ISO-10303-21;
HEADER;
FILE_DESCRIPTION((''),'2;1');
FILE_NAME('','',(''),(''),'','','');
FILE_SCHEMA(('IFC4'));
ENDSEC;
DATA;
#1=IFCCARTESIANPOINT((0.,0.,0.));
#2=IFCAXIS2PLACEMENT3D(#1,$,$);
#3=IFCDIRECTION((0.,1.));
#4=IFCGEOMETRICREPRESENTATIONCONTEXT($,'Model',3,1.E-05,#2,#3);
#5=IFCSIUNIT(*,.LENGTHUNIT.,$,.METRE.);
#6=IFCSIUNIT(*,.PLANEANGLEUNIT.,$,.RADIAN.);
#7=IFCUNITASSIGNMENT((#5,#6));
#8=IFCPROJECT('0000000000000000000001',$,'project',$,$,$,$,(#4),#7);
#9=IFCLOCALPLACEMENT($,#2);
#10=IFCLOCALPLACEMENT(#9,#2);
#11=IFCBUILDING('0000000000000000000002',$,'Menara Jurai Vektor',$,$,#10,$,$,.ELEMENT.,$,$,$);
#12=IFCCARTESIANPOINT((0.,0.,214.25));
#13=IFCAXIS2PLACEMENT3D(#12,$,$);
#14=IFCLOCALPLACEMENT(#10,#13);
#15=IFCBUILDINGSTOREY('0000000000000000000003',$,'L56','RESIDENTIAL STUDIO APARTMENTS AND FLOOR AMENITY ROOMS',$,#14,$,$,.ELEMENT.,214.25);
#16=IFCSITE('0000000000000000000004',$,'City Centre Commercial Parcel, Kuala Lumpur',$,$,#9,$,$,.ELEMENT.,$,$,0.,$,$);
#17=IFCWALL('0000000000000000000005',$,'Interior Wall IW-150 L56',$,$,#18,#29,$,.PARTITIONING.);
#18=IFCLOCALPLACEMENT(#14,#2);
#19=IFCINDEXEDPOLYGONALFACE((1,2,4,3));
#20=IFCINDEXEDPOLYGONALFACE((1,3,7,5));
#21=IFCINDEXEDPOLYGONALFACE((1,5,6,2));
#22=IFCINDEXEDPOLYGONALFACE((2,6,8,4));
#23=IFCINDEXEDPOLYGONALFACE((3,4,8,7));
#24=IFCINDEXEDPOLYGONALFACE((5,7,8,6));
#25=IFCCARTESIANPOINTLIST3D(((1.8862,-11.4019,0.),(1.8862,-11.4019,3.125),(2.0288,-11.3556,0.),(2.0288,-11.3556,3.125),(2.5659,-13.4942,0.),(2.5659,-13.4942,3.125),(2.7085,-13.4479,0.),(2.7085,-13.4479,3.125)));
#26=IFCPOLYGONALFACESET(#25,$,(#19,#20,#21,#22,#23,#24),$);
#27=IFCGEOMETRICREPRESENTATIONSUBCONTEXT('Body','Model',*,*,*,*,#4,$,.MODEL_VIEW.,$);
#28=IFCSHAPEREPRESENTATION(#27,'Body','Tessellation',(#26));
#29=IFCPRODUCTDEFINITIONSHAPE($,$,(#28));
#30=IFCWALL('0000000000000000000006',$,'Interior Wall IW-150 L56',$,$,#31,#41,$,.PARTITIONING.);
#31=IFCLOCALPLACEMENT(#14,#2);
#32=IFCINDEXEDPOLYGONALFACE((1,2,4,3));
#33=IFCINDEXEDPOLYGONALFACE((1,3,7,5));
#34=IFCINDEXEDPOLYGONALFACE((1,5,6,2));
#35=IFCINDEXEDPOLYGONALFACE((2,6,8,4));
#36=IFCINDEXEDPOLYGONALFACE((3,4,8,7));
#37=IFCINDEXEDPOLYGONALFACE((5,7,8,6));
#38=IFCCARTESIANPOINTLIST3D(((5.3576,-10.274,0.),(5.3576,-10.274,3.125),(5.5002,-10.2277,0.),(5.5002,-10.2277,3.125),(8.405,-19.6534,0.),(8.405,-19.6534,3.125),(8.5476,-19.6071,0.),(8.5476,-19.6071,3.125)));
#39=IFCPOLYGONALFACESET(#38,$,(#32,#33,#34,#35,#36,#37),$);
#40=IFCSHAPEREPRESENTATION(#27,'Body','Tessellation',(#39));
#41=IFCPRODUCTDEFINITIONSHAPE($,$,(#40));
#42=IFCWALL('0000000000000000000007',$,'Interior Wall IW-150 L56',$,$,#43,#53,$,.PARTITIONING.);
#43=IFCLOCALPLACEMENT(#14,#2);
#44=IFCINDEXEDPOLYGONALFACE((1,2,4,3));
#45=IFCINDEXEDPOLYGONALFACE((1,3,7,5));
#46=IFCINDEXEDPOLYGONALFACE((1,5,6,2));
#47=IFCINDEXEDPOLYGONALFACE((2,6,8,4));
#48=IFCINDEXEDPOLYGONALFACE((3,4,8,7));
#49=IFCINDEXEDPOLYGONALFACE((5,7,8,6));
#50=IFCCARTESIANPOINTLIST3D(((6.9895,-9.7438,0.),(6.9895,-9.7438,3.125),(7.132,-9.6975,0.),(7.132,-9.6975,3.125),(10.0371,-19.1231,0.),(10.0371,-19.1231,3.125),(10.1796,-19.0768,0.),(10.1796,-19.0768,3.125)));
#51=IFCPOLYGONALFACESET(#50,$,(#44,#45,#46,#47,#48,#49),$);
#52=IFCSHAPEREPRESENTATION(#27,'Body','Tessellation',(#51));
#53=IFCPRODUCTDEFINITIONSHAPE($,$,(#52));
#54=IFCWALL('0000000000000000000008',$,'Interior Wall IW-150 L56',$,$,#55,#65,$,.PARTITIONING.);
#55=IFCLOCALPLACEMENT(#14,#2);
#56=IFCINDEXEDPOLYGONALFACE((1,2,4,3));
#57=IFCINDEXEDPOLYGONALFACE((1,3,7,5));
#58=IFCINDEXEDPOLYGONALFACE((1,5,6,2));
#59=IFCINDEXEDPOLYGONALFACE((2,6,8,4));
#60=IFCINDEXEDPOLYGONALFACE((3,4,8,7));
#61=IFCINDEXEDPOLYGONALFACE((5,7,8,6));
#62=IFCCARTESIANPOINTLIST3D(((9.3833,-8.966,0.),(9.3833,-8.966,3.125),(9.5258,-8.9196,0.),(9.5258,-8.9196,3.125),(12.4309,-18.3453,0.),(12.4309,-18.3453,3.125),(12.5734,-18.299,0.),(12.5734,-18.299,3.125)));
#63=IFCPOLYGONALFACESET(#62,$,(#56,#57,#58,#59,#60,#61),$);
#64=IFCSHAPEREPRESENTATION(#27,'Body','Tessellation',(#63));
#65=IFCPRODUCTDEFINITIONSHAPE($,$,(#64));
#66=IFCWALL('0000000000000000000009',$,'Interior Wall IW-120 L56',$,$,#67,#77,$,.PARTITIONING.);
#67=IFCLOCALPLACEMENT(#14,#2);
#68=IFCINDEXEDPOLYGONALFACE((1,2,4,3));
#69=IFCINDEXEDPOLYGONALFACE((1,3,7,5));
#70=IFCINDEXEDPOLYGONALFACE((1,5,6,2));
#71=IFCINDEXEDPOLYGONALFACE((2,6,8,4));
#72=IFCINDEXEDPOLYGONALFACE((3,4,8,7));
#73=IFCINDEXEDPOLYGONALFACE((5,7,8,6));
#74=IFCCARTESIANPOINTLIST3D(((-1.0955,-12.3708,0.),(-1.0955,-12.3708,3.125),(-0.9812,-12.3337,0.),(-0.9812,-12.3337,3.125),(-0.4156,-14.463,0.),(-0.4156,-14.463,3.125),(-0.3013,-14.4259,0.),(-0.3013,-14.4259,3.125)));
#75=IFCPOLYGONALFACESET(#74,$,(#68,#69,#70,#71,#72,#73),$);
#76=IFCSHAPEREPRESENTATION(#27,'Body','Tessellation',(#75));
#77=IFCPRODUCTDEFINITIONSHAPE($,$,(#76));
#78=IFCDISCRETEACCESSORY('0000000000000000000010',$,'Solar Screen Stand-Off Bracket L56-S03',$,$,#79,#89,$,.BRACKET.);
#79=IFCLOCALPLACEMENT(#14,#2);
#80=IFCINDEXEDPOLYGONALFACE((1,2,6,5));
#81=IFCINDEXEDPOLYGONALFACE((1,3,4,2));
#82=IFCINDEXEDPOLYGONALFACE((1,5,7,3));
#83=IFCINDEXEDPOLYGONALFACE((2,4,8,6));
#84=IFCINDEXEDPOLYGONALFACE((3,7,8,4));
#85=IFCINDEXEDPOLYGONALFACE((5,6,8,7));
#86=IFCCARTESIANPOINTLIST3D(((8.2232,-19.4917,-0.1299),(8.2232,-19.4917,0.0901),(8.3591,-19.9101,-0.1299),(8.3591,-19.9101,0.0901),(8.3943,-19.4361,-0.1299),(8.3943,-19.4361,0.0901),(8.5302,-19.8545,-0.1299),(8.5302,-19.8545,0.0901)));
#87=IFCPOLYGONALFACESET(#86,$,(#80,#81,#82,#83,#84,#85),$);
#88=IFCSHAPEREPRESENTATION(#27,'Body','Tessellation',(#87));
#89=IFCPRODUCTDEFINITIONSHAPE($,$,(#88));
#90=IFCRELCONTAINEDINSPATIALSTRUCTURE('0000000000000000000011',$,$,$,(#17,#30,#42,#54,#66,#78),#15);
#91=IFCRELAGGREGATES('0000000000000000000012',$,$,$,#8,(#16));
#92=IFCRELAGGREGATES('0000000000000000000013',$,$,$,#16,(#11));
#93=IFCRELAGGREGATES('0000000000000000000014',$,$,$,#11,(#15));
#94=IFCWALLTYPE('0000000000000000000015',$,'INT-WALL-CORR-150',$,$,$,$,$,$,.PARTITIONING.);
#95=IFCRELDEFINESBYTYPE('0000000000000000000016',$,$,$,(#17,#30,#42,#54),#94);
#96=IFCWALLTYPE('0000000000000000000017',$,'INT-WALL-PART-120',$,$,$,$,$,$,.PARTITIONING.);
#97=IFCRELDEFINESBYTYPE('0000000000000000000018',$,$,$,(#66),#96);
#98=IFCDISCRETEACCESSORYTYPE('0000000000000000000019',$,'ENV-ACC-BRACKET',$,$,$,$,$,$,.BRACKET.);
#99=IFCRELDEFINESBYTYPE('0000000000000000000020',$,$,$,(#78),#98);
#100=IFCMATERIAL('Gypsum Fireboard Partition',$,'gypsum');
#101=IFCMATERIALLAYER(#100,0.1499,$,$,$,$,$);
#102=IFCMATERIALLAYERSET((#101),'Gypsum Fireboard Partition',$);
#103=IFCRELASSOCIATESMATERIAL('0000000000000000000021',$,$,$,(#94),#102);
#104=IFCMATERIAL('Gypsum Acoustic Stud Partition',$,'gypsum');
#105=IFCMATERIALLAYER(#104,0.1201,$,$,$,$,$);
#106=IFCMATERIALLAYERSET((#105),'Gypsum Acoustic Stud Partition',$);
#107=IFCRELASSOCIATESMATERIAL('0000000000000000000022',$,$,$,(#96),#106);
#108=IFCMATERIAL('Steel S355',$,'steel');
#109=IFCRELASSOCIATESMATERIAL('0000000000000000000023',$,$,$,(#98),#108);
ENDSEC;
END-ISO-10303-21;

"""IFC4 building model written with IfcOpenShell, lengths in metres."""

from ifc_helpers import new_model, si_unit, direction, frame, frame_2d, origin, origin_2d, place, context, subcontext, project, spatial, rectangle, extrude, material, layer, layer_set, type_object, element, save


model = new_model("IFC4")

# Units and contexts
model_context = context("Model", 3, precision=1e-05, world=origin(), true_north=direction((0.0, 1.0)))
body_context = subcontext(model_context, "Body", "Model", "MODEL_VIEW")
ifc_project = project(units=[si_unit("LENGTHUNIT", "METRE"), si_unit("PLANEANGLEUNIT", "RADIAN")], contexts=[model_context])

# Site, building, storey
site_placement = place(None, origin())
site = spatial("IfcSite", under=ifc_project, at=site_placement, Name="City Centre Commercial Parcel, Kuala Lumpur", CompositionType="ELEMENT", RefElevation=0.0)
building_placement = place(site_placement, origin())
building = spatial("IfcBuilding", under=site, at=building_placement, Name="Menara Jurai Vektor", CompositionType="ELEMENT")
storey_placement = place(building_placement, frame((0.0, 0.0, 214.25)))
storey = spatial("IfcBuildingStorey", under=building, at=storey_placement, Name="L56", Description="RESIDENTIAL STUDIO APARTMENTS AND FLOOR AMENITY ROOMS", CompositionType="ELEMENT", Elevation=214.25)

# Shared definitions
ifc_material_1 = material(Name="Steel S355", Category="steel")

# Shared definitions
ifc_material_2 = material(Name="Gypsum Fireboard Partition", Category="gypsum")
ifc_layer_1 = layer(ifc_material_2, 0.1499)
ifc_layer_set_1 = layer_set([ifc_layer_1], Name="Gypsum Fireboard Partition")
wall_type_1 = type_object("IfcWallType", Name="INT-WALL-CORR-150", PredefinedType="PARTITIONING", material=ifc_layer_set_1)

# Walls
wall_1_placement = place(storey_placement, frame((2.6372, -13.4712, 0.0), z_axis=(0.0, 0.0, 1.0), x_axis=(-0.308961, 0.951075, 0.0)))
element("IfcWall", 1, at=wall_1_placement, inside=storey, type_object=wall_type_1, Name="Interior Wall IW-150 L56", PredefinedType="PARTITIONING", context=body_context, shape_type="SweptSolid", body=[
    extrude(rectangle(XDim=2.2, YDim=0.1499, at=frame_2d((1.1001, 0.0))), origin(), (0.0, 0.0, 1.0), 3.125),
])
for number, where, z_axis, x_axis, name in (
    (2, (8.4763, -19.6304, 0.0), (0.0, 0.0, 1.0), (-0.309, 0.951062, 0.0), "Interior Wall IW-150 L56"),
    (3, (10.1084, -19.1001, 0.0), (0.0, 0.0, 1.0), (-0.309022, 0.951055, 0.0), "Interior Wall IW-150 L56"),
    (4, (12.5022, -18.3223, 0.0), (0.0, 0.0, 1.0), (-0.309022, 0.951055, 0.0), "Interior Wall IW-150 L56"),
):
    element("IfcWall", number, at=place(storey_placement, frame(where, z_axis=z_axis, x_axis=x_axis)), inside=storey, type_object=wall_type_1, Name=name, PredefinedType="PARTITIONING", context=body_context, shape_type="SweptSolid", body=[
        extrude(rectangle(XDim=9.8621, YDim=0.1499, at=frame_2d((4.9312, 0.0))), origin(), (0.0, 0.0, 1.0), 3.125),
    ])

# Wall
ifc_material_3 = material(Name="Gypsum Acoustic Stud Partition", Category="gypsum")
ifc_layer_2 = layer(ifc_material_3, 0.1201)
ifc_layer_set_2 = layer_set([ifc_layer_2], Name="Gypsum Acoustic Stud Partition")
wall_type_2 = type_object("IfcWallType", Name="INT-WALL-PART-120", PredefinedType="PARTITIONING", material=ifc_layer_set_2)
wall_2_placement = place(storey_placement, frame((-0.3584, -14.4446, 0.0), z_axis=(0.0, 0.0, 1.0), x_axis=(-0.309061, 0.951042, 0.0)))
element("IfcWall", 5, at=wall_2_placement, inside=storey, type_object=wall_type_2, Name="Interior Wall IW-120 L56", PredefinedType="PARTITIONING", context=body_context, shape_type="SweptSolid", body=[
    extrude(rectangle(XDim=2.2, YDim=0.1201, at=frame_2d((1.1001, 0.0))), origin(), (0.0, 0.0, 1.0), 3.125),
])

# Discrete accessory
discrete_accessory_type = type_object("IfcDiscreteAccessoryType", Name="ENV-ACC-BRACKET", PredefinedType="BRACKET", material=ifc_material_1)
discrete_accessory_placement = place(storey_placement, frame((8.3767, -19.6731, -0.1299), z_axis=(0.0, 0.0, 1.0), x_axis=(0.951057, 0.309017, 0.0)))
element("IfcDiscreteAccessory", 6, at=discrete_accessory_placement, inside=storey, type_object=discrete_accessory_type, Name="Solar Screen Stand-Off Bracket L56-S03", PredefinedType="BRACKET", context=body_context, shape_type="SweptSolid", body=[
    extrude(rectangle(XDim=0.1799, YDim=0.4399, at=origin_2d()), origin(), (0.0, 0.0, 1.0), 0.22),
])

save(model, "model.ifc")
